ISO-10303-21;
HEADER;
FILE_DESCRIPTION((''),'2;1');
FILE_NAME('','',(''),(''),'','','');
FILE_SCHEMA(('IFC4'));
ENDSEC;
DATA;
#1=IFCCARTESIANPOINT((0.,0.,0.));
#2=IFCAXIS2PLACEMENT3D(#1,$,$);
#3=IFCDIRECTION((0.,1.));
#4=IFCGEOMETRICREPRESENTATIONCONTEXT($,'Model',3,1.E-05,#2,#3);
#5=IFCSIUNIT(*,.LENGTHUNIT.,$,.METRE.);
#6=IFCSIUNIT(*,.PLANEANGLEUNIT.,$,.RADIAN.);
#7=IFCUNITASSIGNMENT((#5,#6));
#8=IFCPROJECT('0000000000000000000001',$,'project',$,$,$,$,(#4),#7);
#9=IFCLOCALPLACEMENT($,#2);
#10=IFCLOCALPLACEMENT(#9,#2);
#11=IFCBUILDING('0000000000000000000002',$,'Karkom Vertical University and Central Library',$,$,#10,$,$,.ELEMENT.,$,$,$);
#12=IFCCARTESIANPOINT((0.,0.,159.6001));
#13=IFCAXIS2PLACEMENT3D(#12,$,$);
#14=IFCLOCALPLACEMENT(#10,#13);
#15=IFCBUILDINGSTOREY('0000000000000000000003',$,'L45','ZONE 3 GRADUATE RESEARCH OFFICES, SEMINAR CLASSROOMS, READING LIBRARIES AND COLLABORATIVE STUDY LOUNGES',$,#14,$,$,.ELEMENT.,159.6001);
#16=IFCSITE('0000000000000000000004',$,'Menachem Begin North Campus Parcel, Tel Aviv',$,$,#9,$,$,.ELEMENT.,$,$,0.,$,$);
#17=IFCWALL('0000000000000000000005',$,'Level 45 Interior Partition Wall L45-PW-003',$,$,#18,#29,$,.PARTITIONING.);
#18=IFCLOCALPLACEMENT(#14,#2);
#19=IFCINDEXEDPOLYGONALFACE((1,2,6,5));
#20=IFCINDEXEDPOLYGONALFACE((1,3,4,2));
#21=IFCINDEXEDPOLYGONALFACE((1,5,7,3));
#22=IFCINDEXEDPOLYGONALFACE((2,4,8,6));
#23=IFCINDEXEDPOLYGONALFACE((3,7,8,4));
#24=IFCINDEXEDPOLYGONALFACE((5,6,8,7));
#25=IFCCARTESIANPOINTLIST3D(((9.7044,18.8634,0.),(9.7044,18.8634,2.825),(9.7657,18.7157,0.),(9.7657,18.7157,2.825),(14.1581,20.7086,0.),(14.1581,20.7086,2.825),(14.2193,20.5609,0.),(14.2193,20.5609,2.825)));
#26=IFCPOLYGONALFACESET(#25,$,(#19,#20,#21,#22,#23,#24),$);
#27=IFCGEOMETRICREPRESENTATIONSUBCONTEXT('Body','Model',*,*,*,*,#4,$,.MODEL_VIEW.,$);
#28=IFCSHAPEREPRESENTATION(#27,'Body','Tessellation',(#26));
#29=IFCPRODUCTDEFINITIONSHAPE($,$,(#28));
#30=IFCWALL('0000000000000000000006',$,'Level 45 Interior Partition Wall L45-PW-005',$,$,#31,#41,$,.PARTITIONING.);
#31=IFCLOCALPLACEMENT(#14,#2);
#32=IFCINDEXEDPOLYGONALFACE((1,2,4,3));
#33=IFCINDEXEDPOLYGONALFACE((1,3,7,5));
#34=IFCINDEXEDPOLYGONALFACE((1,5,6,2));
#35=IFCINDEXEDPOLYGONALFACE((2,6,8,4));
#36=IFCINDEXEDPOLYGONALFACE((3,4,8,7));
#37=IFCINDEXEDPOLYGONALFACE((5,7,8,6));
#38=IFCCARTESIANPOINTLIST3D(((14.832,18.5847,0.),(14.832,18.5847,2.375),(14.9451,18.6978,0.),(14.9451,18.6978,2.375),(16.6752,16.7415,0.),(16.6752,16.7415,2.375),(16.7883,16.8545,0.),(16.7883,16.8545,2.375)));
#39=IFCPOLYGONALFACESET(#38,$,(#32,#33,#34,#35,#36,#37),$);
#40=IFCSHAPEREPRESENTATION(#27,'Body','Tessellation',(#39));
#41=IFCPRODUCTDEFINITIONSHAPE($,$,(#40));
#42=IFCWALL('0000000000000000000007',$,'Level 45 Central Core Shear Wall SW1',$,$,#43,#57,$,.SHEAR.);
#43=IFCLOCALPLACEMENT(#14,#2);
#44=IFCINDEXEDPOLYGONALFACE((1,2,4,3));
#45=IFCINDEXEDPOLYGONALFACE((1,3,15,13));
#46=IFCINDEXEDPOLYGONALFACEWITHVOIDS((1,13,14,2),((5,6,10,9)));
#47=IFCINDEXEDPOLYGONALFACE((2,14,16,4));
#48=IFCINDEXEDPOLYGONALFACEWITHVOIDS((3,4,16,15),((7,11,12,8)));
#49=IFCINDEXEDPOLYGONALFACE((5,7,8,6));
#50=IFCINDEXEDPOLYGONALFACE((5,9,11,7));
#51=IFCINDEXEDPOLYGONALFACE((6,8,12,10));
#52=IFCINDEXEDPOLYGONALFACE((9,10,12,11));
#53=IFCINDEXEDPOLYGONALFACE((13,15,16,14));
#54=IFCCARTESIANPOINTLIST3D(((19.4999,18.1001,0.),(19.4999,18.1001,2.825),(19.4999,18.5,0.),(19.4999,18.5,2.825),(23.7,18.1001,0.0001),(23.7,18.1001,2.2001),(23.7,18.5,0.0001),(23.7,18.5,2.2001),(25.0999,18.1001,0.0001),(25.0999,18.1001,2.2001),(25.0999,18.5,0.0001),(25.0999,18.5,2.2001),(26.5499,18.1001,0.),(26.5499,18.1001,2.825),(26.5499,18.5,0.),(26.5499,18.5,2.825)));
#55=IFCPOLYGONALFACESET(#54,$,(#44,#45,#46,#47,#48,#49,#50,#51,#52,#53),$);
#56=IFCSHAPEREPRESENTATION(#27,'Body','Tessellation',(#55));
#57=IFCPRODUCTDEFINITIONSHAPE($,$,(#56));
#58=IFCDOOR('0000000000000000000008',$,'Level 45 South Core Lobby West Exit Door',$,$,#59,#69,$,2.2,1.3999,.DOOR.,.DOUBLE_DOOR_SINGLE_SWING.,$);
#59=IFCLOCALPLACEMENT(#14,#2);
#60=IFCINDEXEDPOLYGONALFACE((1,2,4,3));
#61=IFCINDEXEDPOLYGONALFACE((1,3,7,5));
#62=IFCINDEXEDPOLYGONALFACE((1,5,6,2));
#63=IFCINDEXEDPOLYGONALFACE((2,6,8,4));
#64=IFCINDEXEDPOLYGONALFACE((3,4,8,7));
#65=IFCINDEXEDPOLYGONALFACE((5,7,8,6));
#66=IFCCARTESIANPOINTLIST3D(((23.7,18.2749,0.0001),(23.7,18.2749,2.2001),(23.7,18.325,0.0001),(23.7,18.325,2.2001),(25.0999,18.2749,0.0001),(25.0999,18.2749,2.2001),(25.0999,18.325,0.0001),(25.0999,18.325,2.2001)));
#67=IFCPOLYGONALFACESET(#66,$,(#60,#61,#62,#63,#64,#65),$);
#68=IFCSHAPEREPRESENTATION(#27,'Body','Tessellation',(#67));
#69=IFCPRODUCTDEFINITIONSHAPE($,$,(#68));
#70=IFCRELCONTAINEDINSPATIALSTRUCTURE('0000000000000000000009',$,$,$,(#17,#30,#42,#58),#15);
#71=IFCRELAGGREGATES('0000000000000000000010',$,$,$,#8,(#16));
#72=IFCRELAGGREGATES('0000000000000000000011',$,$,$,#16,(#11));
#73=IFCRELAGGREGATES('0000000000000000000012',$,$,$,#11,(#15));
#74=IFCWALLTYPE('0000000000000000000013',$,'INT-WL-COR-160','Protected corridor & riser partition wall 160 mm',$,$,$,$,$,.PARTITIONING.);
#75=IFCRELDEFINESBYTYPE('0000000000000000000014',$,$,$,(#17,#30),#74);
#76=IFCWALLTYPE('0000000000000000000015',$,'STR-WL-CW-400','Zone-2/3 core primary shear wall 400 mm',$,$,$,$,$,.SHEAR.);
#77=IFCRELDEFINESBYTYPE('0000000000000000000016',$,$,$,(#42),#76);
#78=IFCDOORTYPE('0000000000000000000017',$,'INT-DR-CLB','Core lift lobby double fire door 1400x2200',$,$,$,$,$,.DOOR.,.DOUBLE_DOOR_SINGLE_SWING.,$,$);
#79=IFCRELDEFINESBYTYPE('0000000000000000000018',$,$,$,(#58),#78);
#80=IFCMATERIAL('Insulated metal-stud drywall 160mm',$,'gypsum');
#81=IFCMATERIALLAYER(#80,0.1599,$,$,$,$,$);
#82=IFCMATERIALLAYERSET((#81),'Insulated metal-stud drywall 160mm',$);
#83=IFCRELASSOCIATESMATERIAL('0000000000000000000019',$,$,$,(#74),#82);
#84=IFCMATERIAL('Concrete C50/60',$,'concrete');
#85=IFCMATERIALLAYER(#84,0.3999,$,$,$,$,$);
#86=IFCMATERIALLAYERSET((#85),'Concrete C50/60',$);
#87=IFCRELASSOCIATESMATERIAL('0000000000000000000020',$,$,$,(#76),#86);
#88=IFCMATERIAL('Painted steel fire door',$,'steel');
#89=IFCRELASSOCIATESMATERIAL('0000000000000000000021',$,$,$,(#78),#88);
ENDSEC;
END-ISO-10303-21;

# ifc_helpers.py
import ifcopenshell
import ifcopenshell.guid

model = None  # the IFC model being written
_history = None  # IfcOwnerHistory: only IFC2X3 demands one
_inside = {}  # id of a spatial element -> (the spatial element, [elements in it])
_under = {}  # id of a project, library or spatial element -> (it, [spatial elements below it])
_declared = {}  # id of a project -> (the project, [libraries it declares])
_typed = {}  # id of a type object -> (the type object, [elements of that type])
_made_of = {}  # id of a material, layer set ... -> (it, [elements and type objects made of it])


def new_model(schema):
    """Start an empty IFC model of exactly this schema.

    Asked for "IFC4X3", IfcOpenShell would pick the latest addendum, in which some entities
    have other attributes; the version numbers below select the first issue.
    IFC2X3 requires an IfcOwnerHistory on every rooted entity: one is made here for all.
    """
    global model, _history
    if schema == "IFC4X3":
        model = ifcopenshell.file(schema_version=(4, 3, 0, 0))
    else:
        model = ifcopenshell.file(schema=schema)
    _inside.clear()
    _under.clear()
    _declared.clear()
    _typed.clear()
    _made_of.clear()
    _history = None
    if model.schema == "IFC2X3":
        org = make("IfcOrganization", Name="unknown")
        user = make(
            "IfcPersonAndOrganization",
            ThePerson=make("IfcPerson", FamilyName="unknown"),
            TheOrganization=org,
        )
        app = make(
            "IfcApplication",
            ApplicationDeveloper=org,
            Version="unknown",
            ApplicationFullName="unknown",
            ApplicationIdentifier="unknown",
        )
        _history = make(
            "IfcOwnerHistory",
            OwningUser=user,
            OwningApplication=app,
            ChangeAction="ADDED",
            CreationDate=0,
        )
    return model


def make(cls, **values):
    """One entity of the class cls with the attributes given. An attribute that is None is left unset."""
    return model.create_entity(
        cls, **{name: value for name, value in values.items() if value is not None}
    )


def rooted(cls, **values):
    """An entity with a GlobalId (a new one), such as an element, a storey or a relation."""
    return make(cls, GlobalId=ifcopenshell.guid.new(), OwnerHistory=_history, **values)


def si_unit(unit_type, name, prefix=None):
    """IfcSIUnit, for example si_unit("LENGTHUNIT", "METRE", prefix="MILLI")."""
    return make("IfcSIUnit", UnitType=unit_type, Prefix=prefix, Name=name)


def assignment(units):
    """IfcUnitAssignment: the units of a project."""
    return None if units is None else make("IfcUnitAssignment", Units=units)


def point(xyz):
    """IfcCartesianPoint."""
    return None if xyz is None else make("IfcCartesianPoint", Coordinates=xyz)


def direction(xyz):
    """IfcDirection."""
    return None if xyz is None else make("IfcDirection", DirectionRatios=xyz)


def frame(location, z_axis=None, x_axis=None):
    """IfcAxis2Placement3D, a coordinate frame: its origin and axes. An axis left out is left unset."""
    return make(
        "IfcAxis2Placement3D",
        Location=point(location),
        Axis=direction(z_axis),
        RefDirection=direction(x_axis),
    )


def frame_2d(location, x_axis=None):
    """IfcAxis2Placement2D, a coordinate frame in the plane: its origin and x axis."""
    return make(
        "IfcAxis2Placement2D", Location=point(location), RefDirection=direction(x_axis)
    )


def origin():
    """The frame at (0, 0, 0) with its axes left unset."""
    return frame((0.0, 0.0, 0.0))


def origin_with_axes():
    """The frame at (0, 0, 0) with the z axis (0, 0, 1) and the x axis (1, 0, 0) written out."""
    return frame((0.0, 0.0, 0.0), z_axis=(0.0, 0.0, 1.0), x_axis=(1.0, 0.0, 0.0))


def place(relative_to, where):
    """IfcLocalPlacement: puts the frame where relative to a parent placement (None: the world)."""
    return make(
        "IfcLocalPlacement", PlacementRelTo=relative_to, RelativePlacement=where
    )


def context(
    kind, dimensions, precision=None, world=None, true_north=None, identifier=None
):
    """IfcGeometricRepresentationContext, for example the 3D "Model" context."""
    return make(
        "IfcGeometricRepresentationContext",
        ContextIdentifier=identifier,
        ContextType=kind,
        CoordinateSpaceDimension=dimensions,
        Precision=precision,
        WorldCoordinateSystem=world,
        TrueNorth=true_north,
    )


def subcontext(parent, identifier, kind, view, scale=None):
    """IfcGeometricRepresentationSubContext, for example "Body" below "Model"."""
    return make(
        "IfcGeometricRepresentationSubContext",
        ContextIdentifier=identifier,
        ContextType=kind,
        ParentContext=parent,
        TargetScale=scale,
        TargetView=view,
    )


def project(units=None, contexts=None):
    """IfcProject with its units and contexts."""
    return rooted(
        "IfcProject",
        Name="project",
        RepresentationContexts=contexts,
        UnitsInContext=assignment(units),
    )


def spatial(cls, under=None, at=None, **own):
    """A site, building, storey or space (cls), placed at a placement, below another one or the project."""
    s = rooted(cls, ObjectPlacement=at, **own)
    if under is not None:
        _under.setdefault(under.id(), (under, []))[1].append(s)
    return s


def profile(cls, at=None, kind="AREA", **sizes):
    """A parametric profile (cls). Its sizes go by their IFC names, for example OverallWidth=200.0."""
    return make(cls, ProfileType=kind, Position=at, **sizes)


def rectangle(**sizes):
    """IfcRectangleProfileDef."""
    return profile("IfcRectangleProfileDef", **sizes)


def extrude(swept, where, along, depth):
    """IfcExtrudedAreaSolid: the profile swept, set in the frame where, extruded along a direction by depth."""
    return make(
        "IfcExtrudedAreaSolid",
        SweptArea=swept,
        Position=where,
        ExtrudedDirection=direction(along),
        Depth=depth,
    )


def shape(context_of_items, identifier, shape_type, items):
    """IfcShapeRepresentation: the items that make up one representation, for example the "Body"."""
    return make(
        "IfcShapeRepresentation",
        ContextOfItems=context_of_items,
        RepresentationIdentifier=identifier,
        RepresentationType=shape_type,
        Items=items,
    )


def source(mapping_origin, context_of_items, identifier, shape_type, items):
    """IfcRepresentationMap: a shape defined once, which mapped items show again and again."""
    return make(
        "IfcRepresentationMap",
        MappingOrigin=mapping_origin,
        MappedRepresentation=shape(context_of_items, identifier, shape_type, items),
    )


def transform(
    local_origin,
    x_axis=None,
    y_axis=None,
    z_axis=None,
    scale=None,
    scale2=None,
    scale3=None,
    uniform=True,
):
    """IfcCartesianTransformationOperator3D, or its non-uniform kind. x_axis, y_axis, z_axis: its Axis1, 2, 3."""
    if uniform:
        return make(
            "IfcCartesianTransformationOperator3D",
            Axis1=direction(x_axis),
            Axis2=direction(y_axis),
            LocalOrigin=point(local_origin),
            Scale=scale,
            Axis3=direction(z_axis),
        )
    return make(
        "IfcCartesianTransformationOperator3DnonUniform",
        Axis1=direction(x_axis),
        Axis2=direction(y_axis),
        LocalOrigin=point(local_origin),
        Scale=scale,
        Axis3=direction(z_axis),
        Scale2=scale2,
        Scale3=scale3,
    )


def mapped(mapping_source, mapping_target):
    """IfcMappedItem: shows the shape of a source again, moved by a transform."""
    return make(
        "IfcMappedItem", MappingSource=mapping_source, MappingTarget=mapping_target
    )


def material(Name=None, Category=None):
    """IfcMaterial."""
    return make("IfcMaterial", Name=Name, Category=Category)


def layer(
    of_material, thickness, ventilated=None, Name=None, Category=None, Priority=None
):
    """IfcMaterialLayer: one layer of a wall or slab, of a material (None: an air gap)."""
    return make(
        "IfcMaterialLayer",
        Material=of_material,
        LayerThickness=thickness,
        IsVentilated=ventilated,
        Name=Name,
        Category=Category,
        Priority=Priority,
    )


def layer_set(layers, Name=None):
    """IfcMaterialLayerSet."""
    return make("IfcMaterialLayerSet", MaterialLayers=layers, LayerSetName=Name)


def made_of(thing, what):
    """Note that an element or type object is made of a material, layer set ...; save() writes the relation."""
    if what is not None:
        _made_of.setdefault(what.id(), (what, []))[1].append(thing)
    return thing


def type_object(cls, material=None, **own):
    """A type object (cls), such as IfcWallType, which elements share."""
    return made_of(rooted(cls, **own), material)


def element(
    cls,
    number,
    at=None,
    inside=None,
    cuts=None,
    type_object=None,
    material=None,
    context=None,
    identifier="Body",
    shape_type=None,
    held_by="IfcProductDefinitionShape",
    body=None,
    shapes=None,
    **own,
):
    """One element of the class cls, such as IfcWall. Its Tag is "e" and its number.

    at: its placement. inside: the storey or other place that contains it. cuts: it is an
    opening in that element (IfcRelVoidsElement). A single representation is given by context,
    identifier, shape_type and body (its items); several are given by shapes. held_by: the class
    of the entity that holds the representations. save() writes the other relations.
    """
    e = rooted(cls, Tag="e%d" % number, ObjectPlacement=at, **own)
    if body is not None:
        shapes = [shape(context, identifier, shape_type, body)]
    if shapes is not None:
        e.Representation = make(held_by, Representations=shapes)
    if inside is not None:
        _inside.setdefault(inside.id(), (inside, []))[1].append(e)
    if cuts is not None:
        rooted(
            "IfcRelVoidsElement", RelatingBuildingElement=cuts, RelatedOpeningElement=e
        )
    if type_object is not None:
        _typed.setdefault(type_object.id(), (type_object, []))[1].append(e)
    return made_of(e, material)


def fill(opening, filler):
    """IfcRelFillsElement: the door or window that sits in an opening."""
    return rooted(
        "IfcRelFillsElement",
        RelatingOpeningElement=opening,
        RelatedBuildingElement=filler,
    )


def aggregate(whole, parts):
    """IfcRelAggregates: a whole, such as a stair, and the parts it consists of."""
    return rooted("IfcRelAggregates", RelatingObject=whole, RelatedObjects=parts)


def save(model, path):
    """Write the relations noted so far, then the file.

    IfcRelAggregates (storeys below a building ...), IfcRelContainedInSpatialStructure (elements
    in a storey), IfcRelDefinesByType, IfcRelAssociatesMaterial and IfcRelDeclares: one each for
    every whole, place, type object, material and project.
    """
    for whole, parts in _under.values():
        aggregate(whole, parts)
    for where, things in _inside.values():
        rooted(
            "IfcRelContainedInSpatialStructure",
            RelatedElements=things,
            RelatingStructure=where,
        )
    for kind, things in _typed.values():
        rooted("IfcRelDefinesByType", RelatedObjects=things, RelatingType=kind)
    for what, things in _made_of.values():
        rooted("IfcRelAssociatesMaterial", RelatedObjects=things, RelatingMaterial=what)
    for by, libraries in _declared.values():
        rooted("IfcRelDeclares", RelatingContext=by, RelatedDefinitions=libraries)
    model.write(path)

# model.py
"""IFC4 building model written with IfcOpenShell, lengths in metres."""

from ifc_helpers import new_model, si_unit, direction, frame, frame_2d, origin, origin_with_axes, place, context, subcontext, project, spatial, rectangle, extrude, source, transform, mapped, material, layer, layer_set, type_object, element, fill, save


model = new_model("IFC4")

# Units and contexts
model_context = context("Model", 3, precision=1e-05, world=origin(), true_north=direction((0.0, 1.0)))
body_context = subcontext(model_context, "Body", "Model", "MODEL_VIEW")
ifc_project = project(units=[si_unit("LENGTHUNIT", "METRE"), si_unit("PLANEANGLEUNIT", "RADIAN")], contexts=[model_context])

# Site, building, storey
site_placement = place(None, origin())
site = spatial("IfcSite", under=ifc_project, at=site_placement, Name="Menachem Begin North Campus Parcel, Tel Aviv", CompositionType="ELEMENT", RefElevation=0.0)
building_placement = place(site_placement, origin())
building = spatial("IfcBuilding", under=site, at=building_placement, Name="Karkom Vertical University and Central Library", CompositionType="ELEMENT")
storey_placement = place(building_placement, frame((0.0, 0.0, 159.6001)))
storey = spatial("IfcBuildingStorey", under=building, at=storey_placement, Name="L45", Description="ZONE 3 GRADUATE RESEARCH OFFICES, SEMINAR CLASSROOMS, READING LIBRARIES AND COLLABORATIVE STUDY LOUNGES", CompositionType="ELEMENT", Elevation=159.6001)

# Shared definitions
ifc_material_1 = material(Name="Concrete C50/60", Category="concrete")

# Shared definitions
ifc_material_2 = material(Name="Insulated metal-stud drywall 160mm", Category="gypsum")
ifc_layer_1 = layer(ifc_material_2, 0.1599)
ifc_layer_set_1 = layer_set([ifc_layer_1], Name="Insulated metal-stud drywall 160mm")
wall_type_1 = type_object("IfcWallType", Name="INT-WL-COR-160", Description="Protected corridor & riser partition wall 160 mm", PredefinedType="PARTITIONING", material=ifc_layer_set_1)

# Walls
wall_1_placement = place(storey_placement, frame((14.1887, 20.6348, 0.0), z_axis=(0.0, 0.0, 1.0), x_axis=(-0.923845, -0.382766, 0.0)))
element("IfcWall", 1, at=wall_1_placement, inside=storey, type_object=wall_type_1, Name="Level 45 Interior Partition Wall L45-PW-003", PredefinedType="PARTITIONING", context=body_context, shape_type="SweptSolid", body=[
    extrude(rectangle(XDim=4.8208, YDim=0.1599, at=frame_2d((2.4104, 0.0))), origin(), (0.0, 0.0, 1.0), 2.825),
])
wall_2_placement = place(storey_placement, frame((16.7317, 16.7981, 0.0), z_axis=(0.0, 0.0, 1.0), x_axis=(-0.707107, 0.707107, 0.0)))
element("IfcWall", 2, at=wall_2_placement, inside=storey, type_object=wall_type_1, Name="Level 45 Interior Partition Wall L45-PW-005", PredefinedType="PARTITIONING", context=body_context, shape_type="SweptSolid", body=[
    extrude(rectangle(XDim=2.6067, YDim=0.1599, at=frame_2d((1.3032, 0.0))), origin(), (0.0, 0.0, 1.0), 2.375),
])

# Wall, opening, door
ifc_layer_2 = layer(ifc_material_1, 0.3999)
ifc_layer_set_2 = layer_set([ifc_layer_2], Name="Concrete C50/60")
wall_type_2 = type_object("IfcWallType", Name="STR-WL-CW-400", Description="Zone-2/3 core primary shear wall 400 mm", PredefinedType="SHEAR", material=ifc_layer_set_2)
wall_3_placement = place(storey_placement, frame((19.5, 18.3, 0.0), z_axis=(0.0, 0.0, 1.0), x_axis=(1.0, 0.0, 0.0)))
wall_3 = element("IfcWall", 3, at=wall_3_placement, inside=storey, type_object=wall_type_2, Name="Level 45 Central Core Shear Wall SW1", PredefinedType="SHEAR", context=body_context, shape_type="SweptSolid", body=[
    extrude(rectangle(XDim=7.05, YDim=0.3999, at=frame_2d((3.5249, 0.0))), origin(), (0.0, 0.0, 1.0), 2.825),
])
opening_1_placement = place(wall_3_placement, frame((4.2, 0.0, 0.0)))
opening_1 = element("IfcOpeningElement", 4, at=opening_1_placement, cuts=wall_3, PredefinedType="OPENING", context=body_context, shape_type="SweptSolid", body=[
    extrude(rectangle(XDim=1.3999, YDim=2.2, at=frame_2d((0.7, 1.1001))), frame((0.0, 0.21, 0.0), z_axis=(0.0, -1.0, 0.0), x_axis=(1.0, 0.0, 0.0)), (0.0, 0.0, 1.0), 0.4199),
])
ifc_material_3 = material(Name="Painted steel fire door", Category="steel")
door_type_1 = type_object("IfcDoorType", Name="INT-DR-CLB", Description="Core lift lobby double fire door 1400x2200", OperationType="DOUBLE_DOOR_SINGLE_SWING", PredefinedType="DOOR", material=ifc_material_3)
shared_shape_1 = source(origin_with_axes(), body_context, "Body", "SweptSolid", [
    extrude(rectangle(XDim=1.3999, YDim=2.2, at=frame_2d((0.7, 1.1001))), frame((0.0, 0.0249, 0.0), z_axis=(0.0, -1.0, 0.0), x_axis=(1.0, 0.0, 0.0)), (0.0, 0.0, 1.0), 0.05),
])
door_1_placement = place(opening_1_placement, origin())
door_1 = element("IfcDoor", 5, at=door_1_placement, inside=storey, type_object=door_type_1, Name="Level 45 South Core Lobby West Exit Door", OperationType="DOUBLE_DOOR_SINGLE_SWING", OverallHeight=2.2, OverallWidth=1.3999, PredefinedType="DOOR", context=body_context, shape_type="MappedRepresentation", body=[
    mapped(shared_shape_1, transform((0.0, 0.0, 0.0), scale=1.0)),
])
fill(opening_1, door_1)

save(model, "model.ifc")
